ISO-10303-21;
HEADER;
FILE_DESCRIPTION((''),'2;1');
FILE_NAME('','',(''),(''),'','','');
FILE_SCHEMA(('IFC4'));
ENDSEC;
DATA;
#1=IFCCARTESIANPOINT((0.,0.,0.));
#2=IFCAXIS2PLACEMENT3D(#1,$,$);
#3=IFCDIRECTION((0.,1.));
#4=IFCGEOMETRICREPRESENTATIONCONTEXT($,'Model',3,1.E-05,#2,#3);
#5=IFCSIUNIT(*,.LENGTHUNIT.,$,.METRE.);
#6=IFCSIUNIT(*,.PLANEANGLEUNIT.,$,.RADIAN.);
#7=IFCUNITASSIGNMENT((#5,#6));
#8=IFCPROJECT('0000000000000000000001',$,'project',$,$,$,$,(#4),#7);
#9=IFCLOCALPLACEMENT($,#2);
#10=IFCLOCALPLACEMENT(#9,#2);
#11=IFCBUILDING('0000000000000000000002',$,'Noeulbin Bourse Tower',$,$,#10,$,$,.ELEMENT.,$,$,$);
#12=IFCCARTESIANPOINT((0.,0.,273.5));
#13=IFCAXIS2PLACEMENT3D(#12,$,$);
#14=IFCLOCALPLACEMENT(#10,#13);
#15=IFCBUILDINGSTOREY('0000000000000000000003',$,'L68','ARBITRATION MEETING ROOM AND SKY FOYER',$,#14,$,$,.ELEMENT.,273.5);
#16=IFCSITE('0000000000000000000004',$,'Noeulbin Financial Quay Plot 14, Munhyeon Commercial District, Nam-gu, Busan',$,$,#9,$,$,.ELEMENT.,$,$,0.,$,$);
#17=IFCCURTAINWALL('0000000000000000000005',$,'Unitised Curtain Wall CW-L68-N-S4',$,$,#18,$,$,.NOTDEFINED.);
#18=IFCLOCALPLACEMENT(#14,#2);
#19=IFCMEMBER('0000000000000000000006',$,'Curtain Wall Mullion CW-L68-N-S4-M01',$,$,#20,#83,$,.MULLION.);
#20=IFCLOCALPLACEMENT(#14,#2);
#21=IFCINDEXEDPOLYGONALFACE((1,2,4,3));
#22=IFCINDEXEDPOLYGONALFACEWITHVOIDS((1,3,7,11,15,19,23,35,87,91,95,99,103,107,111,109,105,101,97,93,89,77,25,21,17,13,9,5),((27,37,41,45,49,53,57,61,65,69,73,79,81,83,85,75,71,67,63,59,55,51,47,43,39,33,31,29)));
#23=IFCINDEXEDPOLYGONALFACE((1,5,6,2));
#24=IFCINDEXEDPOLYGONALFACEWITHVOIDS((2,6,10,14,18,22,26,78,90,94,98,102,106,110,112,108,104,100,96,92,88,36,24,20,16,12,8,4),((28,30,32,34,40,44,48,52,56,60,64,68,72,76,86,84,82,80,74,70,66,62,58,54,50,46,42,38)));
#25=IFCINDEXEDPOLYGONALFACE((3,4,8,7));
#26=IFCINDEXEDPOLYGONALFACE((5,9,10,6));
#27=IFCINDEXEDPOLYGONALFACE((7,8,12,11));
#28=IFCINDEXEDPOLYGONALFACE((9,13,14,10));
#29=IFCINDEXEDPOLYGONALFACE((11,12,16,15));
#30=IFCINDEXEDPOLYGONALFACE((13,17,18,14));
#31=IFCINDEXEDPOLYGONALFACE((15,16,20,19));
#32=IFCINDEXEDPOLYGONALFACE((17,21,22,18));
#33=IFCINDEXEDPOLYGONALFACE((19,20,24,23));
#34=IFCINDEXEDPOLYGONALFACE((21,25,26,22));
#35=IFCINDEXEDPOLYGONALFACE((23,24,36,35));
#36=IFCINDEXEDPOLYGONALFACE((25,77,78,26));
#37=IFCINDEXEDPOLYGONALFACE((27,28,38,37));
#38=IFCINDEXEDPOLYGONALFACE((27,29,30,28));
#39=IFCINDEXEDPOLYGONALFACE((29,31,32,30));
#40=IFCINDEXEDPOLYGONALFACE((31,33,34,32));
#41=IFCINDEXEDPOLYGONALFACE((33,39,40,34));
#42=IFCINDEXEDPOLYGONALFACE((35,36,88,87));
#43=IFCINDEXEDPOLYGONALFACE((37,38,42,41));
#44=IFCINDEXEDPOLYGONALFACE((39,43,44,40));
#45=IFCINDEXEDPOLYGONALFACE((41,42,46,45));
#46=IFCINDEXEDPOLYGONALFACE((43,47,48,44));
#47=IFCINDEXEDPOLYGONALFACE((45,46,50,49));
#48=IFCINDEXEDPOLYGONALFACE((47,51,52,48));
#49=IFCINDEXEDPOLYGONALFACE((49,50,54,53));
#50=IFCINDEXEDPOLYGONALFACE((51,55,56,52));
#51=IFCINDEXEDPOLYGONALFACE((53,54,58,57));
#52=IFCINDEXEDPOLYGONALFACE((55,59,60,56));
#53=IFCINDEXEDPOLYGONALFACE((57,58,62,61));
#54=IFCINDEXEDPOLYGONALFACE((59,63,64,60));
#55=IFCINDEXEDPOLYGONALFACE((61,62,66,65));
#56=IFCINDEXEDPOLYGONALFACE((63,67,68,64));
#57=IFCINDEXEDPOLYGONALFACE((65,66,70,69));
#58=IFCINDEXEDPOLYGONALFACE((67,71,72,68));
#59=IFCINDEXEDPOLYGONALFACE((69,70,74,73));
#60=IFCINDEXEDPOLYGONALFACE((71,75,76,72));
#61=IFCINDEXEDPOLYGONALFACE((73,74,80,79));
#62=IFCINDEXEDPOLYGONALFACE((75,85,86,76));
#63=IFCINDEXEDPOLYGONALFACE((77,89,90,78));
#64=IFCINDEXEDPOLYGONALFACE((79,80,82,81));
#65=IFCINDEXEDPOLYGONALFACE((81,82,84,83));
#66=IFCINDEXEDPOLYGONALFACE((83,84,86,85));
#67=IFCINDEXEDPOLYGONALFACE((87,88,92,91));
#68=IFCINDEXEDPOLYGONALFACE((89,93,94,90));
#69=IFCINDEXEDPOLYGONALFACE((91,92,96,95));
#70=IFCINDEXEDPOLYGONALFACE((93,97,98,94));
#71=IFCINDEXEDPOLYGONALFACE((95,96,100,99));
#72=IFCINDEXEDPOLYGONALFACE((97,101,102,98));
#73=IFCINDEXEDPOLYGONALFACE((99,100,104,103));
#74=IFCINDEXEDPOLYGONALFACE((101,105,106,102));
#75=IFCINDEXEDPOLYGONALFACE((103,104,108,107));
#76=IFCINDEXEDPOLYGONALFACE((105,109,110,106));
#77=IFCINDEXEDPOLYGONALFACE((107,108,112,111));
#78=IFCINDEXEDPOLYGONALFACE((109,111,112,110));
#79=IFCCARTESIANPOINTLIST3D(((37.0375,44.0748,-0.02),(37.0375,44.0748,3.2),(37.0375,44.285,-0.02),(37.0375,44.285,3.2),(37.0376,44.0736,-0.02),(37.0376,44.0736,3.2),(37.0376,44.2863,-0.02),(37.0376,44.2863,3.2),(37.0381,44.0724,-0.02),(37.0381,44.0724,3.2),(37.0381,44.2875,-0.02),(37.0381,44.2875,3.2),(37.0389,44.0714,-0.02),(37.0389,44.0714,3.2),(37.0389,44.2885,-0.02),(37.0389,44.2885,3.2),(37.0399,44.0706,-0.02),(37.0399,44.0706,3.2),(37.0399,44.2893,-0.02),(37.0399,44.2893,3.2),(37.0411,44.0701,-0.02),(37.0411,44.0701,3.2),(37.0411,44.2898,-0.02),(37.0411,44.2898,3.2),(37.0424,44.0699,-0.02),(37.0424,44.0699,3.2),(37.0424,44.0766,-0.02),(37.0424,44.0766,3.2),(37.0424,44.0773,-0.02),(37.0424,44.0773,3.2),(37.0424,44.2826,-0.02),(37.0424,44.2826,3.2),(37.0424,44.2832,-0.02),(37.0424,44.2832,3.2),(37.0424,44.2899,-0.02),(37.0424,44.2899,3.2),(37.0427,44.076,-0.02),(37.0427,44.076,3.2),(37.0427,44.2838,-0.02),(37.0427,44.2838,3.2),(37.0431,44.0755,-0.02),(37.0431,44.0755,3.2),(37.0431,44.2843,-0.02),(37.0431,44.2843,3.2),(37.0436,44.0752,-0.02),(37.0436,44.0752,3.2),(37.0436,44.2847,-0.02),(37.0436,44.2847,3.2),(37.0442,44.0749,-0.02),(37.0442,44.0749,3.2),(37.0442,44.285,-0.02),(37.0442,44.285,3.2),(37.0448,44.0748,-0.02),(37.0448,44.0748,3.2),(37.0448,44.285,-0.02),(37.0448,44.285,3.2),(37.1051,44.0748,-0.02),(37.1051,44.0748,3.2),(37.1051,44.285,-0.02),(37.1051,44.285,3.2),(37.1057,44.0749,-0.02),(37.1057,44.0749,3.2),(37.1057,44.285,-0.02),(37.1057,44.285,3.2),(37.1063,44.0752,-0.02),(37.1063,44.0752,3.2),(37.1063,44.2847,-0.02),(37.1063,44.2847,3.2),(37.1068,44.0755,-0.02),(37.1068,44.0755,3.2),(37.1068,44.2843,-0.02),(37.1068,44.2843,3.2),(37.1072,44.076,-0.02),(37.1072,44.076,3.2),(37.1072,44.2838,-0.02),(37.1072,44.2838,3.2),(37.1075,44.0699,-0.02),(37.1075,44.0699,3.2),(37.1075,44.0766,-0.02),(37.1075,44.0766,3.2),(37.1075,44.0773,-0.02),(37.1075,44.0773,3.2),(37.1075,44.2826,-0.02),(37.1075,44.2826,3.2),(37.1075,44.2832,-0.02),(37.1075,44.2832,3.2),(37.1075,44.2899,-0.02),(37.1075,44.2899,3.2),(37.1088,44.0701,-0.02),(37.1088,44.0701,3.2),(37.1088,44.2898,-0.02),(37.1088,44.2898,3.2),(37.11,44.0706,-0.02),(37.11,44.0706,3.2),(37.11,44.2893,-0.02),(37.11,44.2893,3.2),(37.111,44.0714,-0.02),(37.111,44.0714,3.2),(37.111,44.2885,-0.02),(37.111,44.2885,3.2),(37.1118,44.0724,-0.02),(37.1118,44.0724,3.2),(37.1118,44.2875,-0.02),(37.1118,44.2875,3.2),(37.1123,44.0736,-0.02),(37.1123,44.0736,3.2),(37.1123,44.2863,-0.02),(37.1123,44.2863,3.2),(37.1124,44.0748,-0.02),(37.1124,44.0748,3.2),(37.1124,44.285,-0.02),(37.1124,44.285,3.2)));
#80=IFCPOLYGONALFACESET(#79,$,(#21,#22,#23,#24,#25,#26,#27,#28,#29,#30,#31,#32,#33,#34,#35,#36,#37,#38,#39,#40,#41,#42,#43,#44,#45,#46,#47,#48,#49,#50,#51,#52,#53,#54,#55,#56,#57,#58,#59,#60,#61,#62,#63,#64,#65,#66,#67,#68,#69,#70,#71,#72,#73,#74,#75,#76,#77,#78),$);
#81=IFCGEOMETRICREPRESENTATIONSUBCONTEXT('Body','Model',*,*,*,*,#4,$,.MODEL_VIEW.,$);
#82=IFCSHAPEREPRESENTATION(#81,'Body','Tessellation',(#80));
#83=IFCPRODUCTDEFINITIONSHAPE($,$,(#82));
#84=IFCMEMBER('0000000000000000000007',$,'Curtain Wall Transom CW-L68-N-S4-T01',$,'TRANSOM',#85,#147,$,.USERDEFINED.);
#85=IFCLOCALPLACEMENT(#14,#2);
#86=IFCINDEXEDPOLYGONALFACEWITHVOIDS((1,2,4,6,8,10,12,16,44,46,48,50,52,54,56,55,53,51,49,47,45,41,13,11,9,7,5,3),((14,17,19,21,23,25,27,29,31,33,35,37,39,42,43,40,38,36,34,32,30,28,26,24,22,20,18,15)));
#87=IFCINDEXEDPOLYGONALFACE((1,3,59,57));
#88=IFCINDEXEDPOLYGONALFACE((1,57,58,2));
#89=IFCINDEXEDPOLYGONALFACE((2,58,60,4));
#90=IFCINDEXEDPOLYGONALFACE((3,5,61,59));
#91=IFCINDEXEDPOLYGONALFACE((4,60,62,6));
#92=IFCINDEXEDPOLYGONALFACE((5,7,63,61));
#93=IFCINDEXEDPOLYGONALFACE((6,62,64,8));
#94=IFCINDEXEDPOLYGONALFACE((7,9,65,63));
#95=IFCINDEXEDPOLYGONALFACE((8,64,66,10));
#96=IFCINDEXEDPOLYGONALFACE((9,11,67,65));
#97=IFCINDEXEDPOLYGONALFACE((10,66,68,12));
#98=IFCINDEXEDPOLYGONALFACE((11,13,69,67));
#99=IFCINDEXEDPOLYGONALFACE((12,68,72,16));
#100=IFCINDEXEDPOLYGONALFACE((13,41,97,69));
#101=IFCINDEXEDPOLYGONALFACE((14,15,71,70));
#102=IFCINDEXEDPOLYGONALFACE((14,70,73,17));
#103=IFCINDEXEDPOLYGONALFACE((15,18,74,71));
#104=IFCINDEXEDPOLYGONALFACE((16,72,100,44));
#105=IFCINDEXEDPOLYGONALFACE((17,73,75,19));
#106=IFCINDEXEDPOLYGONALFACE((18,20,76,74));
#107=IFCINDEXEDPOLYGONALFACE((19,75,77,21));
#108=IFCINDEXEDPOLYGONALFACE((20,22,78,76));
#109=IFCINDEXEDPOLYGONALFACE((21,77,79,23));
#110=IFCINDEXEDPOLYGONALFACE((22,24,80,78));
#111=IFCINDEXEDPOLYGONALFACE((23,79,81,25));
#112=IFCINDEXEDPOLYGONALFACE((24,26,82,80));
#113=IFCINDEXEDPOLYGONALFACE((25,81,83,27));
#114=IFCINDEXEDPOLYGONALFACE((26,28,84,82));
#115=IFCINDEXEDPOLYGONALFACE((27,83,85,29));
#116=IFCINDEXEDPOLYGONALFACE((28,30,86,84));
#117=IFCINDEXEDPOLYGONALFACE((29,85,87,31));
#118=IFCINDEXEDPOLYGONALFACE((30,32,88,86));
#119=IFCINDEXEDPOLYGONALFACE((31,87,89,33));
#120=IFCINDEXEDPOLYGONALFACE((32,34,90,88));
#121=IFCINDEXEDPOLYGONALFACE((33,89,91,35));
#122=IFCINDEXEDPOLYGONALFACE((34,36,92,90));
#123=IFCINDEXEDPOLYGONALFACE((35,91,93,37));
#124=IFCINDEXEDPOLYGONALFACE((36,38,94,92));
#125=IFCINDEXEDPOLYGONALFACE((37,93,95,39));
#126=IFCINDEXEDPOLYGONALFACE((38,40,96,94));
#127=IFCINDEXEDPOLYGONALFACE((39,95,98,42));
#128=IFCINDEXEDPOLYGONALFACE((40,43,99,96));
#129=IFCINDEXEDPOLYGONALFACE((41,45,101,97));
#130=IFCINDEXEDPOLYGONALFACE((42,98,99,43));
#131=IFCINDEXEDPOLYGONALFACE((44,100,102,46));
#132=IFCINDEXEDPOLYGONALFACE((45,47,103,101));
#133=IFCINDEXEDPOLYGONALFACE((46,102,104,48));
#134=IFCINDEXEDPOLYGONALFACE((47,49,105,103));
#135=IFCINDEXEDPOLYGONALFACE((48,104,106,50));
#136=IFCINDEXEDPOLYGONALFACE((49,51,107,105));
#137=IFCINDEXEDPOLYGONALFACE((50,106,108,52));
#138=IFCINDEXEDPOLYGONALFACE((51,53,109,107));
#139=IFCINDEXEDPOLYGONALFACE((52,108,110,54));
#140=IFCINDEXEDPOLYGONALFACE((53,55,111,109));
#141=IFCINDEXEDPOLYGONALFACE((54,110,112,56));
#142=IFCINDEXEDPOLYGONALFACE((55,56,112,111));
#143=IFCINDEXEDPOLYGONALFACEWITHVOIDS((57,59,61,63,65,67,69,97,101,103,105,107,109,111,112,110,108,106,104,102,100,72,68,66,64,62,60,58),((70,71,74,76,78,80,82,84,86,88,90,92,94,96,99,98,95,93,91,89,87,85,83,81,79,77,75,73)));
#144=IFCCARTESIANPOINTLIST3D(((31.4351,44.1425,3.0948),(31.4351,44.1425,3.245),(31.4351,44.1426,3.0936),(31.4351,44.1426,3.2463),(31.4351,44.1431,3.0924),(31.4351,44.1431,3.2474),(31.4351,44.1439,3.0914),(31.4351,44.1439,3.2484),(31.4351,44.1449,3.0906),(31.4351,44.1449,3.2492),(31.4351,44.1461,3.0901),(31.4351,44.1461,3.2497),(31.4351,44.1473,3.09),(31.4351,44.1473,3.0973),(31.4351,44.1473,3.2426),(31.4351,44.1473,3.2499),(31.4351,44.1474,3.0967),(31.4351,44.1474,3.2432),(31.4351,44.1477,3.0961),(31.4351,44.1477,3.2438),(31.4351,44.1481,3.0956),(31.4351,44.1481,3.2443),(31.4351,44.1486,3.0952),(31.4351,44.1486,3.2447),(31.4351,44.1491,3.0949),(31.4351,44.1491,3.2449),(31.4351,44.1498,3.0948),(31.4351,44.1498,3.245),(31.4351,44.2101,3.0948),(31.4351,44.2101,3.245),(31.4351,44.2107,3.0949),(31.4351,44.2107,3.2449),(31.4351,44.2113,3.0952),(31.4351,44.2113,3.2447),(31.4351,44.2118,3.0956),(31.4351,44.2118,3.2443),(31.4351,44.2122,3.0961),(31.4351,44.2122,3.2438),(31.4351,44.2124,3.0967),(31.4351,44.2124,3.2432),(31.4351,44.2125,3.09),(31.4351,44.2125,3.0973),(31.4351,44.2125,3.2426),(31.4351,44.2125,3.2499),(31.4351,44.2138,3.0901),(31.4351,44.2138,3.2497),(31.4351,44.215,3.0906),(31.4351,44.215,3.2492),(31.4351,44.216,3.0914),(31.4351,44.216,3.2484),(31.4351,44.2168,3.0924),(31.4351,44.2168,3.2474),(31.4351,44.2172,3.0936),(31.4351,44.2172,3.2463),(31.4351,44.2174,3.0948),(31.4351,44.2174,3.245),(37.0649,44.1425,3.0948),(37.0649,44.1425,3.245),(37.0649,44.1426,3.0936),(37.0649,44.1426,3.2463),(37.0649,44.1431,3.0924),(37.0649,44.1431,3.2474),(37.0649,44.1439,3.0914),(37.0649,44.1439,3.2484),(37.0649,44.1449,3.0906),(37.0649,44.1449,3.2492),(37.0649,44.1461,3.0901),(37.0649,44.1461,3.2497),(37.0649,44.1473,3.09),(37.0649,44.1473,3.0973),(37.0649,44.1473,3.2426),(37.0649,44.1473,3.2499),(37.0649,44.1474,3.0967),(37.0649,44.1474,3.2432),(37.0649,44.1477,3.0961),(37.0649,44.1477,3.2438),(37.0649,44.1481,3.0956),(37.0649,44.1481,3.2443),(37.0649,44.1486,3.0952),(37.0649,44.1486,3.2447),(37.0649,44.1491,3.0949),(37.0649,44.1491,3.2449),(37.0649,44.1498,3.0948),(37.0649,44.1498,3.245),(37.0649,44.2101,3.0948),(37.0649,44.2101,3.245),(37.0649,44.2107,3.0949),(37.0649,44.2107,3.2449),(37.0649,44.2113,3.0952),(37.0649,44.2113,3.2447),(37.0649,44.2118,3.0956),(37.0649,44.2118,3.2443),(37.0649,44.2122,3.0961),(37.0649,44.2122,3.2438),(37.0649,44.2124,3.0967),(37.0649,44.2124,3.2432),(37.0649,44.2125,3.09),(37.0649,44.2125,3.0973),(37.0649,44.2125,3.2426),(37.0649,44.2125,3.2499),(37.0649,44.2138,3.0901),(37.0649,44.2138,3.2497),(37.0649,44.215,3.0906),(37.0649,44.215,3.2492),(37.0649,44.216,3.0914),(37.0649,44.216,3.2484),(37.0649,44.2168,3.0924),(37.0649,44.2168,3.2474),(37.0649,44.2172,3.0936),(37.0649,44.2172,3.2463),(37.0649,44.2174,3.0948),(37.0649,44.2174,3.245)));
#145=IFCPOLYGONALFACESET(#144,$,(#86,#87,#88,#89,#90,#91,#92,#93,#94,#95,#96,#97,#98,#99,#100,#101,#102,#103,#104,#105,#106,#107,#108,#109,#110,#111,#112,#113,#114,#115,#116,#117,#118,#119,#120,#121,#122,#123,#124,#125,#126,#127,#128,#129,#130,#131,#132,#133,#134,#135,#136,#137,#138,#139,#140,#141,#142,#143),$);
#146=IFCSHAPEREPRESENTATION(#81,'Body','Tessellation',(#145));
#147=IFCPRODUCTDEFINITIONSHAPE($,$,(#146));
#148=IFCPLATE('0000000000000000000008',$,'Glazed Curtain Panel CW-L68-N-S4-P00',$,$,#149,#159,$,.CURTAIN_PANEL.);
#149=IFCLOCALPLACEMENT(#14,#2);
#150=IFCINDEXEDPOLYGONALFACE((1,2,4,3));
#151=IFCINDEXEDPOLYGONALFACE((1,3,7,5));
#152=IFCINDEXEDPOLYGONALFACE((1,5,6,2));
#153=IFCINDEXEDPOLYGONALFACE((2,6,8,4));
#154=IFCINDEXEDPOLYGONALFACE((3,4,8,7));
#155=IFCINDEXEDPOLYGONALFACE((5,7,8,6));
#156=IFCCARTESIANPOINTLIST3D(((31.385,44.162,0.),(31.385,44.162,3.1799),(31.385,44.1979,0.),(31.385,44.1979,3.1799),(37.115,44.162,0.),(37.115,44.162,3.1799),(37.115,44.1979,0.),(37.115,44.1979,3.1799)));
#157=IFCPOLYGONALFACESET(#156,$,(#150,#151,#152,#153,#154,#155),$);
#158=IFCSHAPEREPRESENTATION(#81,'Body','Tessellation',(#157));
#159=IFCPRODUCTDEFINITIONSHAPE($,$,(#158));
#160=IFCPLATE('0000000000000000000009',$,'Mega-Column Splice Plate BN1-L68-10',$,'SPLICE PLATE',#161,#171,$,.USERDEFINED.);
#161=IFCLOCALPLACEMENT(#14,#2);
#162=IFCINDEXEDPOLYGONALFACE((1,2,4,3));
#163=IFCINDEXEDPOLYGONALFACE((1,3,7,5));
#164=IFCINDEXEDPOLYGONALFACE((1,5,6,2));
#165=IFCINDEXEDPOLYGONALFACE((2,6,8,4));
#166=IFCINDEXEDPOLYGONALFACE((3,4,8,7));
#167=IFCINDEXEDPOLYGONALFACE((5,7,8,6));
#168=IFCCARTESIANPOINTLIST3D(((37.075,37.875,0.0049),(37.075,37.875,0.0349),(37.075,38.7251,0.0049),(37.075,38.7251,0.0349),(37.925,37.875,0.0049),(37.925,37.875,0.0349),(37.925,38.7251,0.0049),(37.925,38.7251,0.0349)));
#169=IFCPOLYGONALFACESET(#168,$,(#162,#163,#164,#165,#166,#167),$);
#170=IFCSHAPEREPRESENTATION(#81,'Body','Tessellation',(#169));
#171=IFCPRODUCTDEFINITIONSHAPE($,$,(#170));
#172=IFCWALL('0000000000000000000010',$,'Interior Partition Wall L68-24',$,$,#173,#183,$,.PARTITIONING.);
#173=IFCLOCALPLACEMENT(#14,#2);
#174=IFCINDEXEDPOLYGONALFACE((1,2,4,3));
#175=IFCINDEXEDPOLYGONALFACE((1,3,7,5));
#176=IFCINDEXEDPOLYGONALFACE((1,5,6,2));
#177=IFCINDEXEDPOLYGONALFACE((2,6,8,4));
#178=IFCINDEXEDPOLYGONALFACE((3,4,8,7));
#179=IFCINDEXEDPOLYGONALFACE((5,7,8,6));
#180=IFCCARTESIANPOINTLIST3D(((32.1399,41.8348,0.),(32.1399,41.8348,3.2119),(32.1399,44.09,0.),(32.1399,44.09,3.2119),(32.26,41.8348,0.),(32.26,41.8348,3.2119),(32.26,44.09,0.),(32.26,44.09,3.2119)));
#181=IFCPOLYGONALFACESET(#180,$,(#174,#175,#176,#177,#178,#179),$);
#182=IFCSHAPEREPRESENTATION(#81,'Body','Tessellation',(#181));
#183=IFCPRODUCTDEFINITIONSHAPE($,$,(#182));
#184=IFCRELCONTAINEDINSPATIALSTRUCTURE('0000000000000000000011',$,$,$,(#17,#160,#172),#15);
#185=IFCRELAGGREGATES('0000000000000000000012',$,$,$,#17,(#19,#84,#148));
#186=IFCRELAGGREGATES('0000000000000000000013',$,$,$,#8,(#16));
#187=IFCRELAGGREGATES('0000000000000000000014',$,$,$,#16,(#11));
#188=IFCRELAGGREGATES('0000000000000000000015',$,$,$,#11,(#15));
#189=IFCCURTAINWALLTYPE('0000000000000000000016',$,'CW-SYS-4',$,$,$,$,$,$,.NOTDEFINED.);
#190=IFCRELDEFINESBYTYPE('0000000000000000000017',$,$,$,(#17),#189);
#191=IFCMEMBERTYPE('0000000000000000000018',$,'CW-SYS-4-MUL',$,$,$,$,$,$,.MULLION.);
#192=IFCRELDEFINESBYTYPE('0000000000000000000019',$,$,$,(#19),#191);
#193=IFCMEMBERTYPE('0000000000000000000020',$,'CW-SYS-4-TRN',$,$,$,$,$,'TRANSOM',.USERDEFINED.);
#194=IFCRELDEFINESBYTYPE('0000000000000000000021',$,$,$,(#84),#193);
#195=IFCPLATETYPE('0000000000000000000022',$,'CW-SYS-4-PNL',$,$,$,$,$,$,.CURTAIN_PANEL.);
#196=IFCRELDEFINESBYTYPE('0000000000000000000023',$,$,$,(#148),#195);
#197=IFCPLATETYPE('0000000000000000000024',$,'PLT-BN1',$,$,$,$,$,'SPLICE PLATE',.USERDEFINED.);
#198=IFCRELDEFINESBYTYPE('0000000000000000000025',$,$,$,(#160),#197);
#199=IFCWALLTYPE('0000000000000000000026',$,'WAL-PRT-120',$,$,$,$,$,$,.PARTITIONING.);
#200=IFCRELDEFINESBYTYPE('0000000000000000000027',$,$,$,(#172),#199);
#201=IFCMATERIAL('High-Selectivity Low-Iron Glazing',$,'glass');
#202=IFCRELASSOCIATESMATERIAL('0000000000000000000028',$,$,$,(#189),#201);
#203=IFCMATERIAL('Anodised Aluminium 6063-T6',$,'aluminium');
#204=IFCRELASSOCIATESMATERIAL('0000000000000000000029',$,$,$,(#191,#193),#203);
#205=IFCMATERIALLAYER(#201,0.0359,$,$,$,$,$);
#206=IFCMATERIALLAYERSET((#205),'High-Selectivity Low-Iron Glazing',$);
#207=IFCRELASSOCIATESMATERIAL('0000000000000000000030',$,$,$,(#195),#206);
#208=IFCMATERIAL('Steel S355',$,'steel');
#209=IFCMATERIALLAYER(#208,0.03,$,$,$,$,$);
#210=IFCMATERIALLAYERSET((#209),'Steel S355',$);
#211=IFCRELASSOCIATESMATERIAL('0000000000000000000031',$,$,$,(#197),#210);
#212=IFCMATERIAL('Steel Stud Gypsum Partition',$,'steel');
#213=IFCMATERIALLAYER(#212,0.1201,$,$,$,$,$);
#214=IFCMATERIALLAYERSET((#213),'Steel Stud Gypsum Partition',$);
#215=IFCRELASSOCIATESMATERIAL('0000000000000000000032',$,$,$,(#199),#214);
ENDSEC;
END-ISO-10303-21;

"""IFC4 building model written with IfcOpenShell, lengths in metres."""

from ifc_helpers import new_model, si_unit, direction, frame, frame_2d, origin, origin_2d, place, context, subcontext, project, spatial, rectangle, hollow_rectangle, extrude, material, layer, layer_set, material_profile, profile_set, type_object, element, aggregate, save


model = new_model("IFC4")

# Units and contexts
model_context = context("Model", 3, precision=1e-05, world=origin(), true_north=direction((0.0, 1.0)))
body_context = subcontext(model_context, "Body", "Model", "MODEL_VIEW")
ifc_project = project(units=[si_unit("LENGTHUNIT", "METRE"), si_unit("PLANEANGLEUNIT", "RADIAN")], contexts=[model_context])

# Site, building, storey
site_placement = place(None, origin())
site = spatial("IfcSite", under=ifc_project, at=site_placement, Name="Noeulbin Financial Quay Plot 14, Munhyeon Commercial District, Nam-gu, Busan", CompositionType="ELEMENT", RefElevation=0.0)
building_placement = place(site_placement, origin())
building = spatial("IfcBuilding", under=site, at=building_placement, Name="Noeulbin Bourse Tower", CompositionType="ELEMENT")
storey_placement = place(building_placement, frame((0.0, 0.0, 273.5)))
storey = spatial("IfcBuildingStorey", under=building, at=storey_placement, Name="L68", Description="ARBITRATION MEETING ROOM AND SKY FOYER", CompositionType="ELEMENT", Elevation=273.5)

# Shared definitions
ifc_material_1 = material(Name="Steel S355", Category="steel")

# Curtain wall, members, plate
ifc_material_2 = material(Name="High-Selectivity Low-Iron Glazing", Category="glass")
curtain_wall_type = type_object("IfcCurtainWallType", Name="CW-SYS-4", PredefinedType="NOTDEFINED", material=ifc_material_2)
curtain_wall_placement = place(storey_placement, origin())
curtain_wall = element("IfcCurtainWall", 1, at=curtain_wall_placement, inside=storey, type_object=curtain_wall_type, Name="Unitised Curtain Wall CW-L68-N-S4", PredefinedType="NOTDEFINED")
ifc_material_3 = material(Name="Anodised Aluminium 6063-T6", Category="aluminium")
ifc_material_profile_1 = material_profile(ifc_material_3, hollow_rectangle(XDim=0.075, YDim=0.22, WallThickness=0.0049, InnerFilletRadius=0.0024, OuterFilletRadius=0.0049, at=origin_2d()), Name="ALU-MULL-75x220x5", Category="LoadBearing")
ifc_profile_set_1 = profile_set([ifc_material_profile_1], Name="Anodised Aluminium 6063-T6")
member_type_1 = type_object("IfcMemberType", Name="CW-SYS-4-MUL", PredefinedType="MULLION", material=ifc_profile_set_1)
member_1_placement = place(storey_placement, frame((37.075, 44.1799, -0.02), z_axis=(0.0, 0.0, 1.0), x_axis=(1.0, 0.0, 0.0)))
member_1 = element("IfcMember", 2, at=member_1_placement, type_object=member_type_1, Name="Curtain Wall Mullion CW-L68-N-S4-M01", PredefinedType="MULLION", context=body_context, shape_type="SweptSolid", body=[
    extrude(hollow_rectangle(XDim=0.075, YDim=0.22, WallThickness=0.0049, InnerFilletRadius=0.0024, OuterFilletRadius=0.0049, at=origin_2d()), origin(), (0.0, 0.0, 1.0), 3.22),
])
ifc_material_profile_2 = material_profile(ifc_material_3, hollow_rectangle(XDim=0.075, YDim=0.1599, WallThickness=0.0049, InnerFilletRadius=0.0024, OuterFilletRadius=0.0049, at=origin_2d()), Name="ALU-TRAN-75x160x5", Category="LoadBearing")
ifc_profile_set_2 = profile_set([ifc_material_profile_2], Name="Anodised Aluminium 6063-T6")
member_type_2 = type_object("IfcMemberType", Name="CW-SYS-4-TRN", ElementType="TRANSOM", PredefinedType="USERDEFINED", material=ifc_profile_set_2)
member_2_placement = place(storey_placement, frame((31.4351, 44.1799, 3.1699), z_axis=(1.0, 0.0, 0.0), x_axis=(0.0, 1.0, 0.0)))
member_2 = element("IfcMember", 3, at=member_2_placement, type_object=member_type_2, Name="Curtain Wall Transom CW-L68-N-S4-T01", ObjectType="TRANSOM", PredefinedType="USERDEFINED", context=body_context, shape_type="SweptSolid", body=[
    extrude(hollow_rectangle(XDim=0.075, YDim=0.1599, WallThickness=0.0049, InnerFilletRadius=0.0024, OuterFilletRadius=0.0049, at=origin_2d()), origin(), (0.0, 0.0, 1.0), 5.6299),
])
ifc_layer_1 = layer(ifc_material_2, 0.0359)
ifc_layer_set_1 = layer_set([ifc_layer_1], Name="High-Selectivity Low-Iron Glazing")
plate_type_1 = type_object("IfcPlateType", Name="CW-SYS-4-PNL", PredefinedType="CURTAIN_PANEL", material=ifc_layer_set_1)
plate_1_placement = place(storey_placement, frame((34.25, 44.1799, 0.0), z_axis=(0.0, 0.0, 1.0), x_axis=(1.0, 0.0, 0.0)))
plate_1 = element("IfcPlate", 4, at=plate_1_placement, type_object=plate_type_1, Name="Glazed Curtain Panel CW-L68-N-S4-P00", PredefinedType="CURTAIN_PANEL", context=body_context, shape_type="SweptSolid", body=[
    extrude(rectangle(XDim=5.73, YDim=0.0359, at=origin_2d()), origin(), (0.0, 0.0, 1.0), 3.1799),
])
aggregate(curtain_wall, [member_1, member_2, plate_1])

# Plate
ifc_layer_2 = layer(ifc_material_1, 0.03)
ifc_layer_set_2 = layer_set([ifc_layer_2], Name="Steel S355")
plate_type_2 = type_object("IfcPlateType", Name="PLT-BN1", ElementType="SPLICE PLATE", PredefinedType="USERDEFINED", material=ifc_layer_set_2)
plate_2_placement = place(storey_placement, frame((37.5, 38.3, 0.0049), z_axis=(0.0, 0.0, 1.0), x_axis=(1.0, 0.0, 0.0)))
element("IfcPlate", 5, at=plate_2_placement, inside=storey, type_object=plate_type_2, Name="Mega-Column Splice Plate BN1-L68-10", ObjectType="SPLICE PLATE", PredefinedType="USERDEFINED", context=body_context, shape_type="SweptSolid", body=[
    extrude(rectangle(XDim=0.8501, YDim=0.8501, at=origin_2d()), origin(), (0.0, 0.0, 1.0), 0.03),
])

# Wall
ifc_material_4 = material(Name="Steel Stud Gypsum Partition", Category="steel")
ifc_layer_3 = layer(ifc_material_4, 0.1201)
ifc_layer_set_3 = layer_set([ifc_layer_3], Name="Steel Stud Gypsum Partition")
wall_type_1 = type_object("IfcWallType", Name="WAL-PRT-120", PredefinedType="PARTITIONING", material=ifc_layer_set_3)
wall_1_placement = place(storey_placement, frame((32.2, 41.835, 0.0), z_axis=(0.0, 0.0, 1.0), x_axis=(0.0, 1.0, 0.0)))
element("IfcWall", 6, at=wall_1_placement, inside=storey, type_object=wall_type_1, Name="Interior Partition Wall L68-24", PredefinedType="PARTITIONING", context=body_context, shape_type="SweptSolid", body=[
    extrude(rectangle(XDim=2.2551, YDim=0.1201, at=frame_2d((1.1274, 0.0))), origin(), (0.0, 0.0, 1.0), 3.2119),
])

save(model, "model.ifc")
